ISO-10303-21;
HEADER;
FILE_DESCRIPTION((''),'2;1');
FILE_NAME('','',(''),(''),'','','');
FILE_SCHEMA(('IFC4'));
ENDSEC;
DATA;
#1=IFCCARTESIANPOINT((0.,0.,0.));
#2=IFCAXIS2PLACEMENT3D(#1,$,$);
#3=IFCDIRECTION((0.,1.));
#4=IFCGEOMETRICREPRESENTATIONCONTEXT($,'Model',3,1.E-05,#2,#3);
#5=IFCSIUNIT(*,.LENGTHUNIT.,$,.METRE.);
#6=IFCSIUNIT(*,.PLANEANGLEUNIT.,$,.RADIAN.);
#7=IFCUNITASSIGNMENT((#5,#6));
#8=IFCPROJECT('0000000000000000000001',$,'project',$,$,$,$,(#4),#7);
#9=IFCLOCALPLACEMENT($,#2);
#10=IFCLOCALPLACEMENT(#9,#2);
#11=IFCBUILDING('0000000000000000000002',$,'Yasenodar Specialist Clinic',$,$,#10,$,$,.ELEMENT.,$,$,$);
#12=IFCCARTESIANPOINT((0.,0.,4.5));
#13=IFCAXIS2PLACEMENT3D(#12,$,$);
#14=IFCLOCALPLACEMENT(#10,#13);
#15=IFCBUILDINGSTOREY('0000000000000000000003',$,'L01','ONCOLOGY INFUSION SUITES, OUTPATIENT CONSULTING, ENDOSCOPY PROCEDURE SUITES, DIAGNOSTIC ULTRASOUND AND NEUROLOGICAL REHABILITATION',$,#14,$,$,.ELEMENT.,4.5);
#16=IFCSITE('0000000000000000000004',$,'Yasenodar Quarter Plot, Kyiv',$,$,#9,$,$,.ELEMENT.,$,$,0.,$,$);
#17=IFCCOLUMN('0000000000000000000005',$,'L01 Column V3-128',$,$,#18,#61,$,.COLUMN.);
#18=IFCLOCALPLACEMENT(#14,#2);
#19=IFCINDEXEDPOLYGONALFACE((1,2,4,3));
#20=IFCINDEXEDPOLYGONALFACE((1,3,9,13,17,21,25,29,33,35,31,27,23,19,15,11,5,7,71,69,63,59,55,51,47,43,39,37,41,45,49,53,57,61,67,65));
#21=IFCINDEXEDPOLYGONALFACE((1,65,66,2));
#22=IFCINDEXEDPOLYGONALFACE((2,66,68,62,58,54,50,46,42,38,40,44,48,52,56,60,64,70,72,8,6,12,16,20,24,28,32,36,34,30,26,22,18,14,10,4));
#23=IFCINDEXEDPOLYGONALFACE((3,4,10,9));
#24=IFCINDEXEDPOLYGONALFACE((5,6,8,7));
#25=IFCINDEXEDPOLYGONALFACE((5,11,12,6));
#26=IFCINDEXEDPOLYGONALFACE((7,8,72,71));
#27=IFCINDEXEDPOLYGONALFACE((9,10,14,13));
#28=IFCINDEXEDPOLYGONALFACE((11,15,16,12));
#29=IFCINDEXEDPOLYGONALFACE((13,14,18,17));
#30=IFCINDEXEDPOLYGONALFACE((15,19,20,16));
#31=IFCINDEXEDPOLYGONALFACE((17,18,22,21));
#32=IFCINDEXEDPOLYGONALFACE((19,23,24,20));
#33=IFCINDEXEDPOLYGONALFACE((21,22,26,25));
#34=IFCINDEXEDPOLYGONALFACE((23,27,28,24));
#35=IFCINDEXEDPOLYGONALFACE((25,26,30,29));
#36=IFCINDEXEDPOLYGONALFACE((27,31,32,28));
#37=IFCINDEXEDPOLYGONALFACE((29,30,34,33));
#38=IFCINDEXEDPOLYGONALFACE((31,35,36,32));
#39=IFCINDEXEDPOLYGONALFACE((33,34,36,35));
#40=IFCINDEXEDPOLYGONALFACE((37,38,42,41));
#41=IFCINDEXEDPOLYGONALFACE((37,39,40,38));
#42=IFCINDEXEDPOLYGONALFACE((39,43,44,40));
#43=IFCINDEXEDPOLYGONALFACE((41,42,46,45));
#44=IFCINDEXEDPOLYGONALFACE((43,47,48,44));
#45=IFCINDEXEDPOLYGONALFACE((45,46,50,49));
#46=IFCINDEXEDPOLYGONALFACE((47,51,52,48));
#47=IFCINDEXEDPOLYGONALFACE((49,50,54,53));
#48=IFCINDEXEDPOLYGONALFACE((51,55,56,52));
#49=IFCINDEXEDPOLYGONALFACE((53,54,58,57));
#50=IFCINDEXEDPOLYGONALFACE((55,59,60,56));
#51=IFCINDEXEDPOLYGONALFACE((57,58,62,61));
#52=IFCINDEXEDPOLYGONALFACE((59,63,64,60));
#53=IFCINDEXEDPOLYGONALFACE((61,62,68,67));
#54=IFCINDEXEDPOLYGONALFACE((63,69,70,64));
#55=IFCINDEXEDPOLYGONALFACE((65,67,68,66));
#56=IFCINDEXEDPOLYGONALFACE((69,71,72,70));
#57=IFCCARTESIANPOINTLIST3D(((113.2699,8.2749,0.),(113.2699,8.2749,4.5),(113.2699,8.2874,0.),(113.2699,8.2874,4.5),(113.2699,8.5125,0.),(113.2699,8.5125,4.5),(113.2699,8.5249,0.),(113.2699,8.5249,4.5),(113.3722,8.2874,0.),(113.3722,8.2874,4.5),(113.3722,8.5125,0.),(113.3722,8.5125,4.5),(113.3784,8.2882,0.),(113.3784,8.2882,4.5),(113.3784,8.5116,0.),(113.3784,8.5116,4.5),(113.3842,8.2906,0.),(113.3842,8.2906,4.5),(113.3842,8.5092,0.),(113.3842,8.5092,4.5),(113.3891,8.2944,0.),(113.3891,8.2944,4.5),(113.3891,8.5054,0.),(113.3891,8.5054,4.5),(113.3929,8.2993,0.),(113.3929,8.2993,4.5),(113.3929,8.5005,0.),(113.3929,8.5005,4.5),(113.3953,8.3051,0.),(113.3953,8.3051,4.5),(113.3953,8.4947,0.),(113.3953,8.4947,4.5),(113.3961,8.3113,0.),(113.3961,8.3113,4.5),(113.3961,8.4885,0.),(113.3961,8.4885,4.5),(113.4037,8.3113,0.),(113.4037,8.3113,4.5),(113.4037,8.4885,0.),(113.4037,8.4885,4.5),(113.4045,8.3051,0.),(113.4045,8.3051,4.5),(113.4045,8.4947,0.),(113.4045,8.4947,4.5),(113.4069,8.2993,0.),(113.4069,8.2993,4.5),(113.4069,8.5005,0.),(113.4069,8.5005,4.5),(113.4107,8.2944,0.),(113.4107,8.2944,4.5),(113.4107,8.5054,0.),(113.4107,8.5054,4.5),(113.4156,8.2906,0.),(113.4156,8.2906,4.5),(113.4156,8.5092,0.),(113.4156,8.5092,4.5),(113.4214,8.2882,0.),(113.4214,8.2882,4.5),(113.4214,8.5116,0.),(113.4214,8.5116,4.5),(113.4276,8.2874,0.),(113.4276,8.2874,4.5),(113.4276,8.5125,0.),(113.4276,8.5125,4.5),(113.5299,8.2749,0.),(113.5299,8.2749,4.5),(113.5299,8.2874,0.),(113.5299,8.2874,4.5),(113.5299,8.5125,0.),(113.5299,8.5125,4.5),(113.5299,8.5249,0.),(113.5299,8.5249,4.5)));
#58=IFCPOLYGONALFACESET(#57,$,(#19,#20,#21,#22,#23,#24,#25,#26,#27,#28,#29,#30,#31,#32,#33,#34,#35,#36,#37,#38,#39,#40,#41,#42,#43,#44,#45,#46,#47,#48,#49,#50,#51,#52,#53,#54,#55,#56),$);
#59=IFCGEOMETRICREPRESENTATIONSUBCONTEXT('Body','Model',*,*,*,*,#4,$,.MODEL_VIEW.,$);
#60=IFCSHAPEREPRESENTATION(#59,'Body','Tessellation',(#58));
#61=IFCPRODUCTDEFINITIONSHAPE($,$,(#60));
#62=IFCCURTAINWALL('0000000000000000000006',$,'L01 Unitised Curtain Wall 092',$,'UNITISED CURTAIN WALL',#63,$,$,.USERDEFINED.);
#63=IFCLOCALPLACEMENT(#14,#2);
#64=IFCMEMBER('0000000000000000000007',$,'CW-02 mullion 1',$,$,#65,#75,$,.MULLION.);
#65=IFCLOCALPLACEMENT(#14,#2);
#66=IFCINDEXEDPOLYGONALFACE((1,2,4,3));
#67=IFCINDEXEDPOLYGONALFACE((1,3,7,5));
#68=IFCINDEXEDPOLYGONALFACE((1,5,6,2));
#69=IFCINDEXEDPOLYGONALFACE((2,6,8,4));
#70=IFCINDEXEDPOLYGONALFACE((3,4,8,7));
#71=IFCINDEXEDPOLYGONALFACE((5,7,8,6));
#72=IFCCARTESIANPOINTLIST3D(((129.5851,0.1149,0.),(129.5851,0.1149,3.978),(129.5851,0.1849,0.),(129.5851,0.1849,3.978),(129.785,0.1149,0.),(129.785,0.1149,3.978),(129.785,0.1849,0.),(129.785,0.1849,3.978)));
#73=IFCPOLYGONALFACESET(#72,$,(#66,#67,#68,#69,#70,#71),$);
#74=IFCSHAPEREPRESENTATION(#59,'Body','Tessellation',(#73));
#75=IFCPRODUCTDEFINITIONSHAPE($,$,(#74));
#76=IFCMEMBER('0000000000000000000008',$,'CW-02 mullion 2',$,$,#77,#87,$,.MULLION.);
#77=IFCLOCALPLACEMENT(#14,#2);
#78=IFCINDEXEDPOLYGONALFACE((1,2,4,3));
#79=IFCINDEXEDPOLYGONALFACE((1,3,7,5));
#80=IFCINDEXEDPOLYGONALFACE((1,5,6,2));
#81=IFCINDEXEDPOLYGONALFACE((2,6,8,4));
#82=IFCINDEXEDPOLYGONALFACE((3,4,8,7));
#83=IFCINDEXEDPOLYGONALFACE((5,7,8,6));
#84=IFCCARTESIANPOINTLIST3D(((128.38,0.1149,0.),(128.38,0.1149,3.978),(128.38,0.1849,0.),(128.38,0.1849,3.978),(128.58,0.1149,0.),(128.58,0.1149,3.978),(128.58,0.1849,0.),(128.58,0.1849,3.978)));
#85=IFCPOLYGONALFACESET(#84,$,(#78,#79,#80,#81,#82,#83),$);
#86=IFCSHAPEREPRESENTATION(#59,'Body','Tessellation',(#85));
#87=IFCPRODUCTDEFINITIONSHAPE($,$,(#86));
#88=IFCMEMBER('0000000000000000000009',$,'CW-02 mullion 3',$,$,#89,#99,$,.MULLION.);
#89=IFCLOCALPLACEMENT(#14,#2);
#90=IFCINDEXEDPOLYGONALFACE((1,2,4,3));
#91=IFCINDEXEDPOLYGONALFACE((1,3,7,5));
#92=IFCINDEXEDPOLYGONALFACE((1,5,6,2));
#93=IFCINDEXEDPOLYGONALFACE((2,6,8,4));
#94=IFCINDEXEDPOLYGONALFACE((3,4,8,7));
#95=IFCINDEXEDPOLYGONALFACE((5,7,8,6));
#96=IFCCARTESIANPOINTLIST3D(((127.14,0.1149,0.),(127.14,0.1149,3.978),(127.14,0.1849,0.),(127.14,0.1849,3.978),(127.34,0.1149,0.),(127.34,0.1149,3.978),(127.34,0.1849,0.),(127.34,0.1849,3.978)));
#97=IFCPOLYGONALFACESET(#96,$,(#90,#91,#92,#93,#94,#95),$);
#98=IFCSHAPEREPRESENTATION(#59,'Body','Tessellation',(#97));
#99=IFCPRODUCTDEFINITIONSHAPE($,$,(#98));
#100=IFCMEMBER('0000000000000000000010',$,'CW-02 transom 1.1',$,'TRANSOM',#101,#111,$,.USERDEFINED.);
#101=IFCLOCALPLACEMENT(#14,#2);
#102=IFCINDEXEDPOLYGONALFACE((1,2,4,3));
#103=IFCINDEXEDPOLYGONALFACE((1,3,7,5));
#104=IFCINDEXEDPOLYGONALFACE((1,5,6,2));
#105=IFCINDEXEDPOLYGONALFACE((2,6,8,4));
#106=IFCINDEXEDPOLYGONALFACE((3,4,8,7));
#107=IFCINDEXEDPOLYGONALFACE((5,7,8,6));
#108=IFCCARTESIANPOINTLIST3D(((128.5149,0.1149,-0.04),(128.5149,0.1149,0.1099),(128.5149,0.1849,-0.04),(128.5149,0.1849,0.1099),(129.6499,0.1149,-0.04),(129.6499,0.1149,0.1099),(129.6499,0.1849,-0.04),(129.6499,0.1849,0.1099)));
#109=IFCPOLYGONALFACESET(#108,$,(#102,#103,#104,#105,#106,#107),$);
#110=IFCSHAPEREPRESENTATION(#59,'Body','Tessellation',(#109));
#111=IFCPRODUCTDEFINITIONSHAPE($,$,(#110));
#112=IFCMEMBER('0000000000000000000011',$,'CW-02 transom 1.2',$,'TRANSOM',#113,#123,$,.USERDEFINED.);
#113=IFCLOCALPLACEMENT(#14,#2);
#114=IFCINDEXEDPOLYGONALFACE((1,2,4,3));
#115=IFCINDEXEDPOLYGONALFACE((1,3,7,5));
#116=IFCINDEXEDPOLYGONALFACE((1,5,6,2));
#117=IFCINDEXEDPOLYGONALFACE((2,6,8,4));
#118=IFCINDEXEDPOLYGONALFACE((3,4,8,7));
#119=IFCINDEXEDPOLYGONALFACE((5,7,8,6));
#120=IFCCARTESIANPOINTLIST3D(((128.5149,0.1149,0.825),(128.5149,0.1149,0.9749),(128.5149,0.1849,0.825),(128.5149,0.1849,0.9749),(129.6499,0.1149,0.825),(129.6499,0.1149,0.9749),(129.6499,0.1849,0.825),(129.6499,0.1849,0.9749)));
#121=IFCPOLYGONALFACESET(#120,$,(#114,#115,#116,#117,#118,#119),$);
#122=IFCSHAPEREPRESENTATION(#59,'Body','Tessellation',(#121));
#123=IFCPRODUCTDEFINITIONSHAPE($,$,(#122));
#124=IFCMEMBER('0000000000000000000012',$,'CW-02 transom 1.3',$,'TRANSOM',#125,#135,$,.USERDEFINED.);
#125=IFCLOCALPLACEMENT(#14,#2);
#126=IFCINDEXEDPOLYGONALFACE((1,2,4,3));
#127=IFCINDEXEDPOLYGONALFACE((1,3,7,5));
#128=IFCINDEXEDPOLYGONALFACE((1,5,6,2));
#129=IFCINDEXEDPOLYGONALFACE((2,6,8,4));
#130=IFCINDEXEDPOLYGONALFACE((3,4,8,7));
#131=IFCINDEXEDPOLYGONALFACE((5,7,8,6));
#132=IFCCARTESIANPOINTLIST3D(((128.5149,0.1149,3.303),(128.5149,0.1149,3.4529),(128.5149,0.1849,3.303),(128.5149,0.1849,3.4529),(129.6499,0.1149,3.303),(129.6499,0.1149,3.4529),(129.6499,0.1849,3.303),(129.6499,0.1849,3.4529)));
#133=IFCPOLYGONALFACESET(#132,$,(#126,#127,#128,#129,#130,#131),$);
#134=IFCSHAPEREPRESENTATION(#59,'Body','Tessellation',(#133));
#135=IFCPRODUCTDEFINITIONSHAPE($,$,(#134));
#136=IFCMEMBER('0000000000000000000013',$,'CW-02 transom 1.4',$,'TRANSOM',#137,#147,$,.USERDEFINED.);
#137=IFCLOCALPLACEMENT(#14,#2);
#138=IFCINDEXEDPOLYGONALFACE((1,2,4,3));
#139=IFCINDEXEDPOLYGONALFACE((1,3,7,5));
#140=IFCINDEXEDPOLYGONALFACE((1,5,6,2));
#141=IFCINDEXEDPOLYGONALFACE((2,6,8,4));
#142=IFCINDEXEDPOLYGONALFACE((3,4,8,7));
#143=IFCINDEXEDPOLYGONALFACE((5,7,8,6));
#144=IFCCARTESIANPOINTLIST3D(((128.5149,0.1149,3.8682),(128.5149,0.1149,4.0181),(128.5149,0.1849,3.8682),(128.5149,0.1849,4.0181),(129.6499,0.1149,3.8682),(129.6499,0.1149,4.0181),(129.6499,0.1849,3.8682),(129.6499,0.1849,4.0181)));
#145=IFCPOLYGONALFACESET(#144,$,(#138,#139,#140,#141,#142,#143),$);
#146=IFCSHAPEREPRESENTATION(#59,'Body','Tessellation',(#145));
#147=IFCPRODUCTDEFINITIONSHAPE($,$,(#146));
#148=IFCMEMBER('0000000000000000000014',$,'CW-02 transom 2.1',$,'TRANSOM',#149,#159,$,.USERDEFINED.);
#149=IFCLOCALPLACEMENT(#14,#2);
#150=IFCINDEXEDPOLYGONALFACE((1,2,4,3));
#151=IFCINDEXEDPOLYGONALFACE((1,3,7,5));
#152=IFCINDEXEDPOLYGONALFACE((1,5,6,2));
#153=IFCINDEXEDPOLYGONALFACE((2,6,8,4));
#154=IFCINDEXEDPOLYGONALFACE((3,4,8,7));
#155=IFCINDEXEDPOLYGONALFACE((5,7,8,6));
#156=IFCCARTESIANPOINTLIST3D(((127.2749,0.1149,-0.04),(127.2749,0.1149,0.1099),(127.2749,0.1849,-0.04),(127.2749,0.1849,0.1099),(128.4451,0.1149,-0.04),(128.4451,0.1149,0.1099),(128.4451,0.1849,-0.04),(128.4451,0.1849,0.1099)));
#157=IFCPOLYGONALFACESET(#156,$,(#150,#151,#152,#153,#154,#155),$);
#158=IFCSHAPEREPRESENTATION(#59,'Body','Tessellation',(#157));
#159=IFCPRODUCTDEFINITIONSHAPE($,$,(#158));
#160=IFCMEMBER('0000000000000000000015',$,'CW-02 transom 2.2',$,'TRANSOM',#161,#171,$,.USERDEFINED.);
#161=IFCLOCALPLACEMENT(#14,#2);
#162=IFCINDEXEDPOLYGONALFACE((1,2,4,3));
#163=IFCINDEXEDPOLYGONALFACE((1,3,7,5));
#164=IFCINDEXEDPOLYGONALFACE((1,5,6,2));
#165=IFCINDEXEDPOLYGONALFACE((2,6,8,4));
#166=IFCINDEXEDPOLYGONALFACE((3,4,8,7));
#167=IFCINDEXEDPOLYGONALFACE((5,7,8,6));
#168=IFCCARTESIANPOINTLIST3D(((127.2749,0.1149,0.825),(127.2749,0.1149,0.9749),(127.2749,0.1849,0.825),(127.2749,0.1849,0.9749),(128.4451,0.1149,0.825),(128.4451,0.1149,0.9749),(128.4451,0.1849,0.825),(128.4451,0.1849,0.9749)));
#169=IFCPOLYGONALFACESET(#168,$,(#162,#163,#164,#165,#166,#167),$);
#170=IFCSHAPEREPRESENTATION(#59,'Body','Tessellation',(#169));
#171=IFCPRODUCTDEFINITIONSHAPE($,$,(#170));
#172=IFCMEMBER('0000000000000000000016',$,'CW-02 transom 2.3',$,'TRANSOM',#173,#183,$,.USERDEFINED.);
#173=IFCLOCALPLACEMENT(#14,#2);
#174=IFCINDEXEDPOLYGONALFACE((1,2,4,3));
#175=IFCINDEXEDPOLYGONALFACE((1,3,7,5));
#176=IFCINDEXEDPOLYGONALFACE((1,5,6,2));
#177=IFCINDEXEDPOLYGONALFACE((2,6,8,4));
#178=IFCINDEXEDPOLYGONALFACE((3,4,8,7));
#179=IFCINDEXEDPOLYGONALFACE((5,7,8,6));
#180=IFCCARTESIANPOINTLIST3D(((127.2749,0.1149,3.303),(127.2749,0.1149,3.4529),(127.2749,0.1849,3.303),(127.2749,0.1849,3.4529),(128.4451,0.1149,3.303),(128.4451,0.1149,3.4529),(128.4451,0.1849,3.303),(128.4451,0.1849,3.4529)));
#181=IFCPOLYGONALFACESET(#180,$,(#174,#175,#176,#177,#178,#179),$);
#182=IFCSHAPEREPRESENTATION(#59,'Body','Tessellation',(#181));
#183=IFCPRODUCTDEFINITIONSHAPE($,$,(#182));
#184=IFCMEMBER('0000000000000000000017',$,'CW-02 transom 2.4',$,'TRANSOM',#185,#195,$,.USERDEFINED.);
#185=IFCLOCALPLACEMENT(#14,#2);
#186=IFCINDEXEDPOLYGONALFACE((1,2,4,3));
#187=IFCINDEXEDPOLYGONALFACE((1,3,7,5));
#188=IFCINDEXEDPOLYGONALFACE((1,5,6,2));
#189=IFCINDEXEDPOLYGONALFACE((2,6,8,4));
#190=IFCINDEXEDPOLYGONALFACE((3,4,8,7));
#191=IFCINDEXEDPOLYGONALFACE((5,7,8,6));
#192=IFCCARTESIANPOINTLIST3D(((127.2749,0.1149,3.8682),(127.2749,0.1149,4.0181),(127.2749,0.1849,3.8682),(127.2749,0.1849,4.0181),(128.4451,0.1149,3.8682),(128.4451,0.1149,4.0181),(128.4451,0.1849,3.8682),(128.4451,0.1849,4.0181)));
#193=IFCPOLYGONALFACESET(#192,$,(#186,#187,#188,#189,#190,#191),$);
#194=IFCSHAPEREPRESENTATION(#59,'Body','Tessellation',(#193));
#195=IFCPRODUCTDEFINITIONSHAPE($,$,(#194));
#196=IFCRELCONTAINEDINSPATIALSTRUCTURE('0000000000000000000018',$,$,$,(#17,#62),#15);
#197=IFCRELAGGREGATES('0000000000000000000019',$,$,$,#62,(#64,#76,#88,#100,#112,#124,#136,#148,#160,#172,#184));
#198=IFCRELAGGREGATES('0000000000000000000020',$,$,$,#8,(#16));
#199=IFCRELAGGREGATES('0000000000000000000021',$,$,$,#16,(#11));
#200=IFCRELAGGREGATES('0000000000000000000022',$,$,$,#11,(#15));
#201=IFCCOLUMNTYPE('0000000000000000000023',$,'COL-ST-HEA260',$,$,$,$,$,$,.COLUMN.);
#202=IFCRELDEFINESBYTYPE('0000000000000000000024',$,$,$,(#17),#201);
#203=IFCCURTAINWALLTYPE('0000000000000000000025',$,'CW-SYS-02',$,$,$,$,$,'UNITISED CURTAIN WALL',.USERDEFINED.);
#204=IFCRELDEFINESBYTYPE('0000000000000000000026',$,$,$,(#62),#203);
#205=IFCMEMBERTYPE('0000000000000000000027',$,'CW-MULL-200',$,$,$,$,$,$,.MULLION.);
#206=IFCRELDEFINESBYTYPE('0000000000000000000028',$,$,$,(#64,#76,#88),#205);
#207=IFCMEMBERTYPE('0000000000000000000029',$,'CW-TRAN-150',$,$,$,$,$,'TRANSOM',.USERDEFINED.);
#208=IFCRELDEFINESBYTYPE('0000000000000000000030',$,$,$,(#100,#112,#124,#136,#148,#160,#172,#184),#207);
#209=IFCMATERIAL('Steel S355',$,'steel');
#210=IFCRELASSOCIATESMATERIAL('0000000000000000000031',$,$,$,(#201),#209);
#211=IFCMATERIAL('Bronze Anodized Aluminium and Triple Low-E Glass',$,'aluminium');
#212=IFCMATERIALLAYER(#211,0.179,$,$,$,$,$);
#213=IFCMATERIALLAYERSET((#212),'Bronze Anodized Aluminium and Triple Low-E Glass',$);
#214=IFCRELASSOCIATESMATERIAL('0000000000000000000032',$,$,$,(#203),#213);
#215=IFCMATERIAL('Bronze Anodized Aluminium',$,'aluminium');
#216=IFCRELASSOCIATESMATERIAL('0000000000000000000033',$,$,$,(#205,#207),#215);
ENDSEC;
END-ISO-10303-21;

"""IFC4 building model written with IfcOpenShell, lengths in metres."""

from ifc_helpers import new_model, si_unit, direction, frame, origin, origin_2d, place, context, subcontext, project, spatial, rectangle, i_section, extrude, material, layer, layer_set, material_profile, profile_set, type_object, element, aggregate, save


model = new_model("IFC4")

# Units and contexts
model_context = context("Model", 3, precision=1e-05, world=origin(), true_north=direction((0.0, 1.0)))
body_context = subcontext(model_context, "Body", "Model", "MODEL_VIEW")
ifc_project = project(units=[si_unit("LENGTHUNIT", "METRE"), si_unit("PLANEANGLEUNIT", "RADIAN")], contexts=[model_context])

# Site, building, storey
site_placement = place(None, origin())
site = spatial("IfcSite", under=ifc_project, at=site_placement, Name="Yasenodar Quarter Plot, Kyiv", CompositionType="ELEMENT", RefElevation=0.0)
building_placement = place(site_placement, origin())
building = spatial("IfcBuilding", under=site, at=building_placement, Name="Yasenodar Specialist Clinic", CompositionType="ELEMENT")
storey_placement = place(building_placement, frame((0.0, 0.0, 4.5)))
storey = spatial("IfcBuildingStorey", under=building, at=storey_placement, Name="L01", Description="ONCOLOGY INFUSION SUITES, OUTPATIENT CONSULTING, ENDOSCOPY PROCEDURE SUITES, DIAGNOSTIC ULTRASOUND AND NEUROLOGICAL REHABILITATION", CompositionType="ELEMENT", Elevation=4.5)

# Column
ifc_material_1 = material(Name="Steel S355", Category="steel")
ifc_material_profile_1 = material_profile(ifc_material_1, i_section(OverallWidth=0.26, OverallDepth=0.25, WebThickness=0.0076, FlangeThickness=0.0125, FilletRadius=0.0239, at=origin_2d()), Name="HEA 260")
ifc_profile_set_1 = profile_set([ifc_material_profile_1], Name="Steel S355")
column_type = type_object("IfcColumnType", Name="COL-ST-HEA260", PredefinedType="COLUMN", material=ifc_profile_set_1)
column_placement = place(storey_placement, frame((113.3999, 8.3999, 0.0), z_axis=(0.0, 0.0, 1.0), x_axis=(1.0, 0.0, 0.0)))
element("IfcColumn", 1, at=column_placement, inside=storey, type_object=column_type, Name="L01 Column V3-128", PredefinedType="COLUMN", context=body_context, shape_type="SweptSolid", body=[
    extrude(i_section(OverallWidth=0.26, OverallDepth=0.25, WebThickness=0.0076, FlangeThickness=0.0125, FilletRadius=0.0239, at=origin_2d()), origin(), (0.0, 0.0, 1.0), 4.5),
])

# Curtain wall, members
ifc_material_2 = material(Name="Bronze Anodized Aluminium and Triple Low-E Glass", Category="aluminium")
ifc_layer_1 = layer(ifc_material_2, 0.179)
ifc_layer_set_1 = layer_set([ifc_layer_1], Name="Bronze Anodized Aluminium and Triple Low-E Glass")
curtain_wall_type = type_object("IfcCurtainWallType", Name="CW-SYS-02", ElementType="UNITISED CURTAIN WALL", PredefinedType="USERDEFINED", material=ifc_layer_set_1)
curtain_wall_placement = place(storey_placement, origin())
curtain_wall = element("IfcCurtainWall", 2, at=curtain_wall_placement, inside=storey, type_object=curtain_wall_type, Name="L01 Unitised Curtain Wall 092", ObjectType="UNITISED CURTAIN WALL", PredefinedType="USERDEFINED")
ifc_material_3 = material(Name="Bronze Anodized Aluminium", Category="aluminium")
ifc_material_profile_2 = material_profile(ifc_material_3, rectangle(XDim=0.0701, YDim=0.2, at=origin_2d()), Name="CW-MULL 70x200")
ifc_profile_set_2 = profile_set([ifc_material_profile_2], Name="Bronze Anodized Aluminium")
member_type_1 = type_object("IfcMemberType", Name="CW-MULL-200", PredefinedType="MULLION", material=ifc_profile_set_2)
member_1_placement = place(storey_placement, frame((129.6851, 0.1499, 0.0), z_axis=(0.0, 0.0, 1.0), x_axis=(0.0, -1.0, 0.0)))
member_1 = element("IfcMember", 3, at=member_1_placement, type_object=member_type_1, Name="CW-02 mullion 1", PredefinedType="MULLION", context=body_context, shape_type="SweptSolid", body=[
    extrude(rectangle(XDim=0.0701, YDim=0.2, at=origin_2d()), origin(), (0.0, 0.0, 1.0), 3.978),
])
member_2_placement = place(storey_placement, frame((128.48, 0.1499, 0.0), z_axis=(0.0, 0.0, 1.0), x_axis=(0.0, -1.0, 0.0)))
member_2 = element("IfcMember", 4, at=member_2_placement, type_object=member_type_1, Name="CW-02 mullion 2", PredefinedType="MULLION", context=body_context, shape_type="SweptSolid", body=[
    extrude(rectangle(XDim=0.0701, YDim=0.2, at=origin_2d()), origin(), (0.0, 0.0, 1.0), 3.978),
])
member_3_placement = place(storey_placement, frame((127.24, 0.1499, 0.0), z_axis=(0.0, 0.0, 1.0), x_axis=(0.0, -1.0, 0.0)))
member_3 = element("IfcMember", 5, at=member_3_placement, type_object=member_type_1, Name="CW-02 mullion 3", PredefinedType="MULLION", context=body_context, shape_type="SweptSolid", body=[
    extrude(rectangle(XDim=0.0701, YDim=0.2, at=origin_2d()), origin(), (0.0, 0.0, 1.0), 3.978),
])
ifc_material_profile_3 = material_profile(ifc_material_3, rectangle(XDim=0.0701, YDim=0.1499, at=origin_2d()), Name="CW-TRAN 70x150")
ifc_profile_set_3 = profile_set([ifc_material_profile_3], Name="Bronze Anodized Aluminium")
member_type_2 = type_object("IfcMemberType", Name="CW-TRAN-150", ElementType="TRANSOM", PredefinedType="USERDEFINED", material=ifc_profile_set_3)
member_4_placement = place(storey_placement, frame((129.6499, 0.1499, 0.0349), z_axis=(-1.0, 0.0, 0.0), x_axis=(0.0, -1.0, 0.0)))
member_4 = element("IfcMember", 6, at=member_4_placement, type_object=member_type_2, Name="CW-02 transom 1.1", ObjectType="TRANSOM", PredefinedType="USERDEFINED", context=body_context, shape_type="SweptSolid", body=[
    extrude(rectangle(XDim=0.0701, YDim=0.1499, at=origin_2d()), origin(), (0.0, 0.0, 1.0), 1.135),
])
member_5_placement = place(storey_placement, frame((129.6499, 0.1499, 0.8999), z_axis=(-1.0, 0.0, 0.0), x_axis=(0.0, -1.0, 0.0)))
member_5 = element("IfcMember", 7, at=member_5_placement, type_object=member_type_2, Name="CW-02 transom 1.2", ObjectType="TRANSOM", PredefinedType="USERDEFINED", context=body_context, shape_type="SweptSolid", body=[
    extrude(rectangle(XDim=0.0701, YDim=0.1499, at=origin_2d()), origin(), (0.0, 0.0, 1.0), 1.135),
])
member_6_placement = place(storey_placement, frame((129.6499, 0.1499, 3.3779), z_axis=(-1.0, 0.0, 0.0), x_axis=(0.0, -1.0, 0.0)))
member_6 = element("IfcMember", 8, at=member_6_placement, type_object=member_type_2, Name="CW-02 transom 1.3", ObjectType="TRANSOM", PredefinedType="USERDEFINED", context=body_context, shape_type="SweptSolid", body=[
    extrude(rectangle(XDim=0.0701, YDim=0.1499, at=origin_2d()), origin(), (0.0, 0.0, 1.0), 1.135),
])
member_7_placement = place(storey_placement, frame((129.6499, 0.1499, 3.9431), z_axis=(-1.0, 0.0, 0.0), x_axis=(0.0, -1.0, 0.0)))
member_7 = element("IfcMember", 9, at=member_7_placement, type_object=member_type_2, Name="CW-02 transom 1.4", ObjectType="TRANSOM", PredefinedType="USERDEFINED", context=body_context, shape_type="SweptSolid", body=[
    extrude(rectangle(XDim=0.0701, YDim=0.1499, at=origin_2d()), origin(), (0.0, 0.0, 1.0), 1.135),
])
member_8_placement = place(storey_placement, frame((128.4451, 0.1499, 0.0349), z_axis=(-1.0, 0.0, 0.0), x_axis=(0.0, -1.0, 0.0)))
member_8 = element("IfcMember", 10, at=member_8_placement, type_object=member_type_2, Name="CW-02 transom 2.1", ObjectType="TRANSOM", PredefinedType="USERDEFINED", context=body_context, shape_type="SweptSolid", body=[
    extrude(rectangle(XDim=0.0701, YDim=0.1499, at=origin_2d()), origin(), (0.0, 0.0, 1.0), 1.1702),
])
member_9_placement = place(storey_placement, frame((128.4451, 0.1499, 0.8999), z_axis=(-1.0, 0.0, 0.0), x_axis=(0.0, -1.0, 0.0)))
member_9 = element("IfcMember", 11, at=member_9_placement, type_object=member_type_2, Name="CW-02 transom 2.2", ObjectType="TRANSOM", PredefinedType="USERDEFINED", context=body_context, shape_type="SweptSolid", body=[
    extrude(rectangle(XDim=0.0701, YDim=0.1499, at=origin_2d()), origin(), (0.0, 0.0, 1.0), 1.1702),
])
member_10_placement = place(storey_placement, frame((128.4451, 0.1499, 3.3779), z_axis=(-1.0, 0.0, 0.0), x_axis=(0.0, -1.0, 0.0)))
member_10 = element("IfcMember", 12, at=member_10_placement, type_object=member_type_2, Name="CW-02 transom 2.3", ObjectType="TRANSOM", PredefinedType="USERDEFINED", context=body_context, shape_type="SweptSolid", body=[
    extrude(rectangle(XDim=0.0701, YDim=0.1499, at=origin_2d()), origin(), (0.0, 0.0, 1.0), 1.1702),
])
member_11_placement = place(storey_placement, frame((128.4451, 0.1499, 3.9431), z_axis=(-1.0, 0.0, 0.0), x_axis=(0.0, -1.0, 0.0)))
member_11 = element("IfcMember", 13, at=member_11_placement, type_object=member_type_2, Name="CW-02 transom 2.4", ObjectType="TRANSOM", PredefinedType="USERDEFINED", context=body_context, shape_type="SweptSolid", body=[
    extrude(rectangle(XDim=0.0701, YDim=0.1499, at=origin_2d()), origin(), (0.0, 0.0, 1.0), 1.1702),
])
aggregate(curtain_wall, [member_1, member_2, member_3, member_4, member_5, member_6, member_7, member_8, member_9, member_10, member_11])

save(model, "model.ifc")
